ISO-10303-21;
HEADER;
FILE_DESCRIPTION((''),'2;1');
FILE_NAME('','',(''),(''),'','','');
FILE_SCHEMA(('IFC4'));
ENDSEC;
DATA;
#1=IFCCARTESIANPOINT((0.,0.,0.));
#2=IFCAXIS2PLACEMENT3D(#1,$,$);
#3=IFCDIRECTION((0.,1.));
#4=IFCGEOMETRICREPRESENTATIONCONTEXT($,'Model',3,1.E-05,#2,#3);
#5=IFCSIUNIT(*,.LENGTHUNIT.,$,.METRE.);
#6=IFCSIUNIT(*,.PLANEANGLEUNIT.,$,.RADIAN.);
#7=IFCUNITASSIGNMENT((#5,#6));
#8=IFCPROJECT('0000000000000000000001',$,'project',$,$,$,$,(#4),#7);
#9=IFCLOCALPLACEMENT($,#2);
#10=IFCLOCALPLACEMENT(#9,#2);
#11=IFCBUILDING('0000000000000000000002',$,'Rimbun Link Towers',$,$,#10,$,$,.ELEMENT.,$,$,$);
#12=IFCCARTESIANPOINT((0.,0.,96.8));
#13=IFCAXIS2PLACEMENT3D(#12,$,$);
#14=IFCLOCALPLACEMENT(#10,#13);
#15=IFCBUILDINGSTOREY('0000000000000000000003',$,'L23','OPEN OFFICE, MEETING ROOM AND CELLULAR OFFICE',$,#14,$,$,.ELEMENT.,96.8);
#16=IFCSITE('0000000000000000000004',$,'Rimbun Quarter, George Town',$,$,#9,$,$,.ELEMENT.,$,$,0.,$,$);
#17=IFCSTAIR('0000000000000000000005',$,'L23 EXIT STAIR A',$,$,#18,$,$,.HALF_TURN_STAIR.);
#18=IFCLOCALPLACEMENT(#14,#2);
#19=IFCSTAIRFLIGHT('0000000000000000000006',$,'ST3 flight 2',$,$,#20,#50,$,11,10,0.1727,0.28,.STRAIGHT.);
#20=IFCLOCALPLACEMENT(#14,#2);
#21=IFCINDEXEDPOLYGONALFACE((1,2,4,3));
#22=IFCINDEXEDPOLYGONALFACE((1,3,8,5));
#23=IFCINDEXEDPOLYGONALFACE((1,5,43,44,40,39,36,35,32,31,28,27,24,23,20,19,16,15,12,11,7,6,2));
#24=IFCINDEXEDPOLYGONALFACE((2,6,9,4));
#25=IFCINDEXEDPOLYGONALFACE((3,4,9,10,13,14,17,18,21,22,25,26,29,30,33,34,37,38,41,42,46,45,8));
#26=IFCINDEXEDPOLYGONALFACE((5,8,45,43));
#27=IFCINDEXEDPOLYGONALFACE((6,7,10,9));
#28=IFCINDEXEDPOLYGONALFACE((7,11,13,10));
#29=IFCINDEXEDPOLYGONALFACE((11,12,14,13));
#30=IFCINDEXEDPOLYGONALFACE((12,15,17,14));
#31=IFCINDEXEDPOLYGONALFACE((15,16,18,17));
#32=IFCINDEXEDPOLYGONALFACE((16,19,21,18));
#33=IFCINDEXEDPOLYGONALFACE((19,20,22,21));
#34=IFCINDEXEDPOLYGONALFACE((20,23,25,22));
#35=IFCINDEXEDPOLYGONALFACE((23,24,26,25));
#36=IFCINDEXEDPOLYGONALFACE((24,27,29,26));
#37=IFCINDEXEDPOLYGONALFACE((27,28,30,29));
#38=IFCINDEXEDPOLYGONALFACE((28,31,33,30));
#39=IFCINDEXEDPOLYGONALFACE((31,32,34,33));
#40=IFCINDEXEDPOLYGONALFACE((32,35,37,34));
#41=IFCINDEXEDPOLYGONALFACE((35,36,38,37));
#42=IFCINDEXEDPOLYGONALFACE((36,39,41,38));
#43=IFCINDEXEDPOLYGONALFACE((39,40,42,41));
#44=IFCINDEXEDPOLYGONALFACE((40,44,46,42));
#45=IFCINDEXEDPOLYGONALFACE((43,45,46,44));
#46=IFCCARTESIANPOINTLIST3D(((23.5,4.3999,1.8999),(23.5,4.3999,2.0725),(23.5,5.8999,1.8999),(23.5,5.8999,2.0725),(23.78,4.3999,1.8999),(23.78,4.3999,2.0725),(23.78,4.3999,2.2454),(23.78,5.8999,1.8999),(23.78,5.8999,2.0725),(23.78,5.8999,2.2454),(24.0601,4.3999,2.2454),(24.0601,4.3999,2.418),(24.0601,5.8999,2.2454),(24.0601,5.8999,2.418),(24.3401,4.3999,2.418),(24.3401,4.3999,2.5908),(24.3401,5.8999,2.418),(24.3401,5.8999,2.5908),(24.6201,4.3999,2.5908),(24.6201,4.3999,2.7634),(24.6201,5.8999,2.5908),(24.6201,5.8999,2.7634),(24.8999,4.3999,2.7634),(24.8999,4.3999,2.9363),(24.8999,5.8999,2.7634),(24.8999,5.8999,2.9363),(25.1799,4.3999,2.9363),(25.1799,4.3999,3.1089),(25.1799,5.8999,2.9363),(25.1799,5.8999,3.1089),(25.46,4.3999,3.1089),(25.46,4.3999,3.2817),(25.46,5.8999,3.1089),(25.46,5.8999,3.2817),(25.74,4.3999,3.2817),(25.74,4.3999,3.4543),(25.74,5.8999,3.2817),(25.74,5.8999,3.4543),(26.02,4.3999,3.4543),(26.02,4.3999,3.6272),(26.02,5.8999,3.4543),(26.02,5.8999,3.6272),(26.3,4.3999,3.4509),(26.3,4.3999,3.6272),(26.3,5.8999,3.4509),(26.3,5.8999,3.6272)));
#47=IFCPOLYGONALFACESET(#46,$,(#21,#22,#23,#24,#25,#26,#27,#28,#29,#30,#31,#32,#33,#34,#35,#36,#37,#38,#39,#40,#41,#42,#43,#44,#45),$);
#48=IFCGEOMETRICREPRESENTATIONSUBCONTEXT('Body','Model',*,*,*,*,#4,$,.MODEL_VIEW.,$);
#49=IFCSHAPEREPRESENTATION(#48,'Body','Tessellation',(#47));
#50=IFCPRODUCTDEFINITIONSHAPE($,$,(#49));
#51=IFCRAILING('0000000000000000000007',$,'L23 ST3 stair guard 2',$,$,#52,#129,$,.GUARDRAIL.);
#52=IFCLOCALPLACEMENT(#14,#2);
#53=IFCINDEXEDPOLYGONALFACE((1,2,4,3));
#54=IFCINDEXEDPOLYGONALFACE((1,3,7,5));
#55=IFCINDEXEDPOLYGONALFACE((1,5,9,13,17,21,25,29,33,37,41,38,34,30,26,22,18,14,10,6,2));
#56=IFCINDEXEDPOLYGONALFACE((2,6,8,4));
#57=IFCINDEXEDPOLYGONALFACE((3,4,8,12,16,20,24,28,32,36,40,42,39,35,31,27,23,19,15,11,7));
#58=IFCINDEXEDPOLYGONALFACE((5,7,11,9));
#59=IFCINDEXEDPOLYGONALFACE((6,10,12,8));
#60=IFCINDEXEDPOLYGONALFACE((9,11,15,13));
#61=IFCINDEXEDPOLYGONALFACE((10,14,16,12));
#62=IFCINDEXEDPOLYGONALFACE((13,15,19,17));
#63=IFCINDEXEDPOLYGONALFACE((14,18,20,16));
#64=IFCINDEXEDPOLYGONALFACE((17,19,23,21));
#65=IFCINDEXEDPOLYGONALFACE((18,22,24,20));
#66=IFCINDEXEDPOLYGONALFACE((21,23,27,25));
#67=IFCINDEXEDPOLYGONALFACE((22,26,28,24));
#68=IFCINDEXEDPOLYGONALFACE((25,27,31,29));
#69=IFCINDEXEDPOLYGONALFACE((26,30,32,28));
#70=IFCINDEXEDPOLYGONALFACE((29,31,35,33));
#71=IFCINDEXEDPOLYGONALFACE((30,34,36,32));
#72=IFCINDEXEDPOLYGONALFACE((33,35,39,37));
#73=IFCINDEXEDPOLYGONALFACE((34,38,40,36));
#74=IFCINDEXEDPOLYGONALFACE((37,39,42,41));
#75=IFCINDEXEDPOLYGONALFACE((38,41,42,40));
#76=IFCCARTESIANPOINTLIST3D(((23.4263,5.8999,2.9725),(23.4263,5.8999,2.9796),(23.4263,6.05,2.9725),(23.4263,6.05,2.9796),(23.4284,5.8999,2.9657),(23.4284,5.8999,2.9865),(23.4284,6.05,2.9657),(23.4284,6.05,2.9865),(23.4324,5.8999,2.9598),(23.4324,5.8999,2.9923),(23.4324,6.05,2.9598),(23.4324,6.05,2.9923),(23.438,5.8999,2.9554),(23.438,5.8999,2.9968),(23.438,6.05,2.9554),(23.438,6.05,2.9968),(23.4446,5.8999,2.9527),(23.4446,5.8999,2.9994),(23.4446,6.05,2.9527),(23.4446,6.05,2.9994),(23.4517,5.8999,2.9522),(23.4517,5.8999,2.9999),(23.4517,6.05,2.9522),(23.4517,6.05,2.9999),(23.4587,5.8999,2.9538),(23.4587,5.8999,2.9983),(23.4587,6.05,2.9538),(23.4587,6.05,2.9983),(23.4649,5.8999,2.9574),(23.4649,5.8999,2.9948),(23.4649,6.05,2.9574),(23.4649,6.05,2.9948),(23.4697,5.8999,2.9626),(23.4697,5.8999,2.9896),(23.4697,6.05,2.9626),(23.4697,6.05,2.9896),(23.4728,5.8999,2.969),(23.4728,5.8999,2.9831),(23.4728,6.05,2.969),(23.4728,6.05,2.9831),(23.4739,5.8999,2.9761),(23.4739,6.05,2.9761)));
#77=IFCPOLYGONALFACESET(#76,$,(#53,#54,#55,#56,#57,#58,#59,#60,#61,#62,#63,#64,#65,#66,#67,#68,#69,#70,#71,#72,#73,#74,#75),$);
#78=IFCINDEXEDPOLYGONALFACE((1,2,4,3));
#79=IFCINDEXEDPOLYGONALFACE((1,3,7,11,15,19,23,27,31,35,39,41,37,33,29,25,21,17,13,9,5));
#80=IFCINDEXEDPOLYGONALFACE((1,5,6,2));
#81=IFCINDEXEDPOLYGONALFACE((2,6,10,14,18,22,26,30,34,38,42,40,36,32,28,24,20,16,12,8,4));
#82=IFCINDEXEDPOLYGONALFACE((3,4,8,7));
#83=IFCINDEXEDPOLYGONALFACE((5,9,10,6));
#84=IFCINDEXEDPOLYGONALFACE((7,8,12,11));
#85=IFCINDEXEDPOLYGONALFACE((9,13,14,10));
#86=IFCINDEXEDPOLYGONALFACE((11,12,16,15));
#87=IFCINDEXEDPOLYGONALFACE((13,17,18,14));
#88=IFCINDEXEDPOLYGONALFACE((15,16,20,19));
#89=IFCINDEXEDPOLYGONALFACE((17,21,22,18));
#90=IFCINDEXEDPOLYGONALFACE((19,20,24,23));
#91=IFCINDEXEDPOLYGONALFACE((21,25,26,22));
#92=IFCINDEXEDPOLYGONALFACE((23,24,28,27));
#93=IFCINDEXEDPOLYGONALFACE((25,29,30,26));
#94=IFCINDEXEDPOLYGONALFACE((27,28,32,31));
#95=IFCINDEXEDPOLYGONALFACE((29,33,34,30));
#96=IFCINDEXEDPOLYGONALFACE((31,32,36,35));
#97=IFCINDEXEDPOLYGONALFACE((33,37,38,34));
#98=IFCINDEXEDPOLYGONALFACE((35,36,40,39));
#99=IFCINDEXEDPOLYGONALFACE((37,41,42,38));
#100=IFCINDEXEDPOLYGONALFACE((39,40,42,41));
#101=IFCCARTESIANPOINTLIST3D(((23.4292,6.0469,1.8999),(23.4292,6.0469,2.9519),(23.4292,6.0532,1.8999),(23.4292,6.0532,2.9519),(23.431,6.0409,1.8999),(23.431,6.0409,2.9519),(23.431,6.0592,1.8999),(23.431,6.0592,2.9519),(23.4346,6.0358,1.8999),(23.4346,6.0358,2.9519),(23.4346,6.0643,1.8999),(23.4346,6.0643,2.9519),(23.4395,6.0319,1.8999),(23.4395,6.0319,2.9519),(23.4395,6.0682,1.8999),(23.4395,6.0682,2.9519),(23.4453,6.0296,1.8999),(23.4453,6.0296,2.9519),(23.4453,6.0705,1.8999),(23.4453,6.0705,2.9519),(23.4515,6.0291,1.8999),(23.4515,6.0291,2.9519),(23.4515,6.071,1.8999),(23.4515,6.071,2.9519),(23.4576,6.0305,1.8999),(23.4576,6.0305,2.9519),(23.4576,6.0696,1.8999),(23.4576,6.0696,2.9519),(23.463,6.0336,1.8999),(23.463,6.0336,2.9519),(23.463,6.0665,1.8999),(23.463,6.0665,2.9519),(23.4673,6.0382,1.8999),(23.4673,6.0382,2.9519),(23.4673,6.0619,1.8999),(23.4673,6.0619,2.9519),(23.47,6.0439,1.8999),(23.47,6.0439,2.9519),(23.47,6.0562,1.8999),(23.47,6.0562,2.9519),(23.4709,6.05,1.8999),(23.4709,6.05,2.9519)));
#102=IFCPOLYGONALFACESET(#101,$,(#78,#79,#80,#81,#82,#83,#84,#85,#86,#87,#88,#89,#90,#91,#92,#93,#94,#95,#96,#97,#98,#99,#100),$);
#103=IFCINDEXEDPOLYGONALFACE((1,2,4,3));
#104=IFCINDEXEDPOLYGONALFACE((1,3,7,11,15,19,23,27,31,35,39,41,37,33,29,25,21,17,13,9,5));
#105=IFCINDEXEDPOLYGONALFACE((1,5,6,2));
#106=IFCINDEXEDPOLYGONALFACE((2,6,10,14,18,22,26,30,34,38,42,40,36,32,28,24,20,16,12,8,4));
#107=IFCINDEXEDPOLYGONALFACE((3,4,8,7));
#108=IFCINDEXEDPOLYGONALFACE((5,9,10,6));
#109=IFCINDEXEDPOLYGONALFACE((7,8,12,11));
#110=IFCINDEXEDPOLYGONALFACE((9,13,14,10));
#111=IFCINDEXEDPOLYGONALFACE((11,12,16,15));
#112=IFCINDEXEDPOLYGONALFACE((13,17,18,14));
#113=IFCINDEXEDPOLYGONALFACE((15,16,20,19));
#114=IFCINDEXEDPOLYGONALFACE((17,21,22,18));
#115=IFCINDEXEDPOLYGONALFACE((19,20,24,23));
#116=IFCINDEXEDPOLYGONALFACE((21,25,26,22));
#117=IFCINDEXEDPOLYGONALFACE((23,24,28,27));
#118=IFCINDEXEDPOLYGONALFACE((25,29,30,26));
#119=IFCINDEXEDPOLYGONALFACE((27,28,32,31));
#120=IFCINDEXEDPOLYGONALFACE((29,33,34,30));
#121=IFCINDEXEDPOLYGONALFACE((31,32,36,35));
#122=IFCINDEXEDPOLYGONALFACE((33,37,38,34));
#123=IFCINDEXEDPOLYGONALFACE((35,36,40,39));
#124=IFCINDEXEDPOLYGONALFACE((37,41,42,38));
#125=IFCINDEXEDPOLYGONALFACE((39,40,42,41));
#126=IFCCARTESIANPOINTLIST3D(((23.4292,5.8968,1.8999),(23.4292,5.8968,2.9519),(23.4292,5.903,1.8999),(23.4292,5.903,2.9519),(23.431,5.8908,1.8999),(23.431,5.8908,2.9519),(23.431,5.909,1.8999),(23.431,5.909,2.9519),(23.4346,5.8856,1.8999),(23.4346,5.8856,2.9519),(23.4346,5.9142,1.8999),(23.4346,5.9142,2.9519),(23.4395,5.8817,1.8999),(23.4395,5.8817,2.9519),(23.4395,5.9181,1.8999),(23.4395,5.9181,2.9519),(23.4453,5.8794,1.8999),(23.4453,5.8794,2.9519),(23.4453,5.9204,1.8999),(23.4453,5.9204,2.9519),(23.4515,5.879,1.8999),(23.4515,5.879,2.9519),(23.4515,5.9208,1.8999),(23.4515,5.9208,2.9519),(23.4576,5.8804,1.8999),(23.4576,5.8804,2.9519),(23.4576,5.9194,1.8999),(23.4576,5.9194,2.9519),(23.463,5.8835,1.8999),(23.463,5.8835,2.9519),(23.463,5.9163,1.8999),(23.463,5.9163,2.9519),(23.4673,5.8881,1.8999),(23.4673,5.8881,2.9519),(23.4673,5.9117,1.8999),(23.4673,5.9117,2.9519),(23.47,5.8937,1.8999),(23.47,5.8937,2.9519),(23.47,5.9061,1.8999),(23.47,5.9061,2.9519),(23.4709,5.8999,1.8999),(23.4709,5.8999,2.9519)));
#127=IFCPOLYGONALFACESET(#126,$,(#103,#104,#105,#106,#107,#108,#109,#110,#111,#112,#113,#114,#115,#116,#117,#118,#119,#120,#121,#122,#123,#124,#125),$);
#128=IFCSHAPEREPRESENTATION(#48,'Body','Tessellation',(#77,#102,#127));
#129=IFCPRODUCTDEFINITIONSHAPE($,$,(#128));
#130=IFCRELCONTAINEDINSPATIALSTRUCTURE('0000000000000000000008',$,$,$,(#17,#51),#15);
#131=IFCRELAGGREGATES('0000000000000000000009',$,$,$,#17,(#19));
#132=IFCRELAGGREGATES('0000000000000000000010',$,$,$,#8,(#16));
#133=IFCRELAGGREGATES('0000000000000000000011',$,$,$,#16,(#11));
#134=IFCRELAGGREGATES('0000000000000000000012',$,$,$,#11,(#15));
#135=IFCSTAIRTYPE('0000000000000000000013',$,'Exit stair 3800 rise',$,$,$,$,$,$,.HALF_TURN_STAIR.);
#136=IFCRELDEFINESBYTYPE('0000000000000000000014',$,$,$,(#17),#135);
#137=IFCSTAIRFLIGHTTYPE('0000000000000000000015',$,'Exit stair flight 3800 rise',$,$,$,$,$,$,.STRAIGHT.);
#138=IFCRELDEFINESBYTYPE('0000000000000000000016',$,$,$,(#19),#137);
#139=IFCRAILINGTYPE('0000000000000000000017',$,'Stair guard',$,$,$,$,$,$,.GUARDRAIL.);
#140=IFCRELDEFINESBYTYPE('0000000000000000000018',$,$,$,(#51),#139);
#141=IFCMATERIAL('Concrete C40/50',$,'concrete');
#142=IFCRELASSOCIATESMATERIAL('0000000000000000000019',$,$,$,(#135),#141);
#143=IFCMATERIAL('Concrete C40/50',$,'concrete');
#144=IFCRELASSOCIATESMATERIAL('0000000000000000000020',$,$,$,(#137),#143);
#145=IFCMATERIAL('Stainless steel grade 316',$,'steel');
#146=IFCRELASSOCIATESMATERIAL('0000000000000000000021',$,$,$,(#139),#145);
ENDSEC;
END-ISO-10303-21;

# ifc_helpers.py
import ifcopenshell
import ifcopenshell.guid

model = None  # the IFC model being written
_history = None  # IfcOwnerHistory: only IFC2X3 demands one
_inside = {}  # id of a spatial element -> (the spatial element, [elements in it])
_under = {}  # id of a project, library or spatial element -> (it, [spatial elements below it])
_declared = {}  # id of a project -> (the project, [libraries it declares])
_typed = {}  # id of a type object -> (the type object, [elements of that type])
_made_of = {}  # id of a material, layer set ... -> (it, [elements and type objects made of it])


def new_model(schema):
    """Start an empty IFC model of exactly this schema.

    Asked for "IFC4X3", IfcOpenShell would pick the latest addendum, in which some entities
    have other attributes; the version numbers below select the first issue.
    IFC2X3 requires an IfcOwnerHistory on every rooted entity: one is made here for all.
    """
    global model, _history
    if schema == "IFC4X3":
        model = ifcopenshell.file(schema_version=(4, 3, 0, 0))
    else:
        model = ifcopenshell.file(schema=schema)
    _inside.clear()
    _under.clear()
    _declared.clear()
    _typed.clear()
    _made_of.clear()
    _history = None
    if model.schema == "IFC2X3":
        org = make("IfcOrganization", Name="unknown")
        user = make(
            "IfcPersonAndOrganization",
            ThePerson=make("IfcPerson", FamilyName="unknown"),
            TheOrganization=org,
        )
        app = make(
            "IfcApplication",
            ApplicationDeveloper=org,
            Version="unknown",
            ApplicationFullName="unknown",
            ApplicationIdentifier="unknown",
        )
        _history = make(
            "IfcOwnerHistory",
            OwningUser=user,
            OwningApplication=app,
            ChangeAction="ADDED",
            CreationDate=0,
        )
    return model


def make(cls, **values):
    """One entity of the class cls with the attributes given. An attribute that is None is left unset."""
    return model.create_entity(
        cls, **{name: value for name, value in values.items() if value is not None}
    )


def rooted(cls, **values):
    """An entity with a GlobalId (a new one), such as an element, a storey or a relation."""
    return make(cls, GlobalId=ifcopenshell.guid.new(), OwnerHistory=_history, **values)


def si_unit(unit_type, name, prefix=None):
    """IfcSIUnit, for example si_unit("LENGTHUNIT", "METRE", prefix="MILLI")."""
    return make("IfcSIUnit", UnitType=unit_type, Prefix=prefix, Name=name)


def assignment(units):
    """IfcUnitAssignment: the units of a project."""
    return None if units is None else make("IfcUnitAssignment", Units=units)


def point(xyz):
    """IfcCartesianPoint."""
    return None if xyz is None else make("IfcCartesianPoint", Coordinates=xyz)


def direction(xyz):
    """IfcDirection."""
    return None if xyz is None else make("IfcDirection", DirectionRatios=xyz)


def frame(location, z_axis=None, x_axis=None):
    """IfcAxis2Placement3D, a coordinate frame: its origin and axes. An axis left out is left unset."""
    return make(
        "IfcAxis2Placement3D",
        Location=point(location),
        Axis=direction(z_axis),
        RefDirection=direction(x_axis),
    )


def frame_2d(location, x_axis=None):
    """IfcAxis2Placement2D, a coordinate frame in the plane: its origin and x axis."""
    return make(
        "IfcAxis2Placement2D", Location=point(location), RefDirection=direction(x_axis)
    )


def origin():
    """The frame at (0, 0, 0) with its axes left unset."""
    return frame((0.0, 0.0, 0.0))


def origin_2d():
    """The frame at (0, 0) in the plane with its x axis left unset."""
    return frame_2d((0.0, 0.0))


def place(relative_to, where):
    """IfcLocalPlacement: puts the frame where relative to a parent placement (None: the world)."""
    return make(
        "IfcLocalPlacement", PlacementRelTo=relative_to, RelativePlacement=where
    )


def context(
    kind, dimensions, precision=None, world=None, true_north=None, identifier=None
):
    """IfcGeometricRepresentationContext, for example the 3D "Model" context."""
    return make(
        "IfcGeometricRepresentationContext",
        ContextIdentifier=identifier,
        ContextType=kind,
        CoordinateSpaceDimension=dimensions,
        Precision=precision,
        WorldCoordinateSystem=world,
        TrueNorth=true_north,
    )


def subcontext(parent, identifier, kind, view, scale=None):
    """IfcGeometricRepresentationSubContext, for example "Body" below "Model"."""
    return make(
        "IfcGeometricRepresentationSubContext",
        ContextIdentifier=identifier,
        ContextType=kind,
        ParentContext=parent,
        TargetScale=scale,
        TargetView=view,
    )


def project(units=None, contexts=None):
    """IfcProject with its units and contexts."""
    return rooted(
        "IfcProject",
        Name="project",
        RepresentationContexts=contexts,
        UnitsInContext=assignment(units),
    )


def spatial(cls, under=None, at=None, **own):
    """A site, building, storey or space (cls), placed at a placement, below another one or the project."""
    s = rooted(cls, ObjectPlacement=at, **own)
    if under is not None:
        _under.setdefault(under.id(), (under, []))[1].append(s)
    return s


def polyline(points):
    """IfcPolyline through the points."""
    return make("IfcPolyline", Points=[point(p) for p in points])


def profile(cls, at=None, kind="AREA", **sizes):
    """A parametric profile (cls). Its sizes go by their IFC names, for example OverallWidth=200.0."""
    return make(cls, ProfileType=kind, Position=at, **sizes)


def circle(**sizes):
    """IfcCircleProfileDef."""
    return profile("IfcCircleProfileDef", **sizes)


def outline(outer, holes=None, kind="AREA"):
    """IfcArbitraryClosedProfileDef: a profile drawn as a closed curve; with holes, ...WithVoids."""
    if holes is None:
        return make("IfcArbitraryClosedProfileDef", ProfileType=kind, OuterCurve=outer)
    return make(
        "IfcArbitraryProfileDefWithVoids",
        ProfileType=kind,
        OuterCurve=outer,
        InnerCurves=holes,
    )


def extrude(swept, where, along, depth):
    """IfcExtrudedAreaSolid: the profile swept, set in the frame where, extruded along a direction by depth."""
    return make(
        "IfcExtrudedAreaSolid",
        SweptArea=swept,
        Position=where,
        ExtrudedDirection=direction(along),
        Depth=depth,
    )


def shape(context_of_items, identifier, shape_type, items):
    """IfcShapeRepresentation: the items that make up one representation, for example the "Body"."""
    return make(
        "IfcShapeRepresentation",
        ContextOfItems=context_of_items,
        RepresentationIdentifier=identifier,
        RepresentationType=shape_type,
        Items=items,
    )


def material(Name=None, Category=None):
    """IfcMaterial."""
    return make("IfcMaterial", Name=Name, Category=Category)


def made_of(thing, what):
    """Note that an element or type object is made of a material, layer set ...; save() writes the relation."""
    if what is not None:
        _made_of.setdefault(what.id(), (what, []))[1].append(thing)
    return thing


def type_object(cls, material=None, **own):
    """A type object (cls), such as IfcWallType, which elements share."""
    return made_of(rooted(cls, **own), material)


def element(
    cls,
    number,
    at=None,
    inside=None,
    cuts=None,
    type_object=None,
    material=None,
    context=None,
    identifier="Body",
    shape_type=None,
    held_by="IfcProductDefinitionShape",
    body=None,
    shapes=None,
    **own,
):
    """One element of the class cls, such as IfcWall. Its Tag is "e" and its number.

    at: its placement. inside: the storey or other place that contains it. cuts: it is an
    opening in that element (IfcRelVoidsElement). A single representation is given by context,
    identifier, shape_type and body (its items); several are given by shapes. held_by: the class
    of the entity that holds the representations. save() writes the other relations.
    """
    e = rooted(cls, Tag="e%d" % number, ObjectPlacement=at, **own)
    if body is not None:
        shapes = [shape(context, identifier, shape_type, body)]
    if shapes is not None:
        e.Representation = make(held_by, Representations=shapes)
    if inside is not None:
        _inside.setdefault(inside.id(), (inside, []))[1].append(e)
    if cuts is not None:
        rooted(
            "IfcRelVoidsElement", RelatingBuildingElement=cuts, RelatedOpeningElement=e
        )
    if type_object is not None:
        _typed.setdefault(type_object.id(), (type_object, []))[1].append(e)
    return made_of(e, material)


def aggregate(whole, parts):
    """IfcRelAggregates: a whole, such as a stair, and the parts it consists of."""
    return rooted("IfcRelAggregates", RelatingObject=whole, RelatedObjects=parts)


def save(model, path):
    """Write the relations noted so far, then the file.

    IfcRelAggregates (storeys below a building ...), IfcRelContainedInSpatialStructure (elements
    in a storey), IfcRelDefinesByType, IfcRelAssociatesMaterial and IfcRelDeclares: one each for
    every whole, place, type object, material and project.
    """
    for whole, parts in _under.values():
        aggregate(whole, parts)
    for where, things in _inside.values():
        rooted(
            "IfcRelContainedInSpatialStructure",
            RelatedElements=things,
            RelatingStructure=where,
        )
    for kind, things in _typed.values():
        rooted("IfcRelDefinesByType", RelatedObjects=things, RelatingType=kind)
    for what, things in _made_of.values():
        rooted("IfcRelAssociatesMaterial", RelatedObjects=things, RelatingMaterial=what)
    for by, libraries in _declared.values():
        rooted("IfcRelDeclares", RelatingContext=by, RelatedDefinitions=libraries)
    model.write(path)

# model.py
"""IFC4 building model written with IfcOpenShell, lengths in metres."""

from ifc_helpers import new_model, si_unit, direction, frame, origin, origin_2d, place, context, subcontext, project, spatial, polyline, circle, outline, extrude, material, type_object, element, aggregate, save


model = new_model("IFC4")

# Units and contexts
model_context = context("Model", 3, precision=1e-05, world=origin(), true_north=direction((0.0, 1.0)))
body_context = subcontext(model_context, "Body", "Model", "MODEL_VIEW")
ifc_project = project(units=[si_unit("LENGTHUNIT", "METRE"), si_unit("PLANEANGLEUNIT", "RADIAN")], contexts=[model_context])

# Site, building, storey
site_placement = place(None, origin())
site = spatial("IfcSite", under=ifc_project, at=site_placement, Name="Rimbun Quarter, George Town", CompositionType="ELEMENT", RefElevation=0.0)
building_placement = place(site_placement, origin())
building = spatial("IfcBuilding", under=site, at=building_placement, Name="Rimbun Link Towers", CompositionType="ELEMENT")
storey_placement = place(building_placement, frame((0.0, 0.0, 96.8)))
storey = spatial("IfcBuildingStorey", under=building, at=storey_placement, Name="L23", Description="OPEN OFFICE, MEETING ROOM AND CELLULAR OFFICE", CompositionType="ELEMENT", Elevation=96.8)

# Stair, stair flight
ifc_material_1 = material(Name="Concrete C40/50", Category="concrete")
stair_type = type_object("IfcStairType", Name="Exit stair 3800 rise", PredefinedType="HALF_TURN_STAIR", material=ifc_material_1)
stair_placement = place(storey_placement, origin())
stair = element("IfcStair", 1, at=stair_placement, inside=storey, type_object=stair_type, Name="L23 EXIT STAIR A", PredefinedType="HALF_TURN_STAIR")
ifc_material_2 = material(Name="Concrete C40/50", Category="concrete")
stair_flight_type = type_object("IfcStairFlightType", Name="Exit stair flight 3800 rise", PredefinedType="STRAIGHT", material=ifc_material_2)
stair_flight_placement = place(storey_placement, frame((23.5, 5.1499, 1.8999), z_axis=(0.0, 0.0, 1.0), x_axis=(1.0, 0.0, 0.0)))
stair_flight = element("IfcStairFlight", 2, at=stair_flight_placement, type_object=stair_flight_type, Name="ST3 flight 2", NumberOfRisers=11, NumberOfTreads=10, PredefinedType="STRAIGHT", RiserHeight=0.1727, TreadLength=0.28, context=body_context, shape_type="SweptSolid", body=[
    extrude(outline(polyline([(0.0, 0.0), (0.0, 0.1726), (0.28, 0.1726), (0.28, 0.3455), (0.5601, 0.3455), (0.5601, 0.5181), (0.8401, 0.5181), (0.8401, 0.6909), (1.1201, 0.6909), (1.1201, 0.8635), (1.3999, 0.8635), (1.3999, 1.0364), (1.6799, 1.0364), (1.6799, 1.209), (1.96, 1.209), (1.96, 1.3818), (2.24, 1.3818), (2.24, 1.5544), (2.52, 1.5544), (2.52, 1.7273), (2.8, 1.7273), (2.8, 1.8999), (2.8, 1.551), (0.28, 0.0), (0.0, 0.0)])), frame((0.0, 0.75, 0.0), z_axis=(0.0, -1.0, 0.0), x_axis=(1.0, 0.0, 0.0)), (0.0, 0.0, 1.0), 1.5),
])
aggregate(stair, [stair_flight])

# Railing
ifc_material_3 = material(Name="Stainless steel grade 316", Category="steel")
railing_type_1 = type_object("IfcRailingType", Name="Stair guard", PredefinedType="GUARDRAIL", material=ifc_material_3)
railing_1_placement = place(storey_placement, frame((23.45, 6.05, 1.8999)))
element("IfcRailing", 3, at=railing_1_placement, inside=storey, type_object=railing_type_1, Name="L23 ST3 stair guard 2", PredefinedType="GUARDRAIL", context=body_context, shape_type="SweptSolid", body=[
    extrude(circle(Radius=0.0239, at=origin_2d()), frame((0.0, 0.0, 1.0762), z_axis=(0.0, -1.0, 0.0), x_axis=(1.0, 0.0, 0.0)), (0.0, 0.0, 1.0), 0.1501),
    extrude(circle(Radius=0.021, at=origin_2d()), origin(), (0.0, 0.0, 1.0), 1.052),
    extrude(circle(Radius=0.021, at=origin_2d()), frame((0.0, -0.1501, 0.0)), (0.0, 0.0, 1.0), 1.052),
])

save(model, "model.ifc")
